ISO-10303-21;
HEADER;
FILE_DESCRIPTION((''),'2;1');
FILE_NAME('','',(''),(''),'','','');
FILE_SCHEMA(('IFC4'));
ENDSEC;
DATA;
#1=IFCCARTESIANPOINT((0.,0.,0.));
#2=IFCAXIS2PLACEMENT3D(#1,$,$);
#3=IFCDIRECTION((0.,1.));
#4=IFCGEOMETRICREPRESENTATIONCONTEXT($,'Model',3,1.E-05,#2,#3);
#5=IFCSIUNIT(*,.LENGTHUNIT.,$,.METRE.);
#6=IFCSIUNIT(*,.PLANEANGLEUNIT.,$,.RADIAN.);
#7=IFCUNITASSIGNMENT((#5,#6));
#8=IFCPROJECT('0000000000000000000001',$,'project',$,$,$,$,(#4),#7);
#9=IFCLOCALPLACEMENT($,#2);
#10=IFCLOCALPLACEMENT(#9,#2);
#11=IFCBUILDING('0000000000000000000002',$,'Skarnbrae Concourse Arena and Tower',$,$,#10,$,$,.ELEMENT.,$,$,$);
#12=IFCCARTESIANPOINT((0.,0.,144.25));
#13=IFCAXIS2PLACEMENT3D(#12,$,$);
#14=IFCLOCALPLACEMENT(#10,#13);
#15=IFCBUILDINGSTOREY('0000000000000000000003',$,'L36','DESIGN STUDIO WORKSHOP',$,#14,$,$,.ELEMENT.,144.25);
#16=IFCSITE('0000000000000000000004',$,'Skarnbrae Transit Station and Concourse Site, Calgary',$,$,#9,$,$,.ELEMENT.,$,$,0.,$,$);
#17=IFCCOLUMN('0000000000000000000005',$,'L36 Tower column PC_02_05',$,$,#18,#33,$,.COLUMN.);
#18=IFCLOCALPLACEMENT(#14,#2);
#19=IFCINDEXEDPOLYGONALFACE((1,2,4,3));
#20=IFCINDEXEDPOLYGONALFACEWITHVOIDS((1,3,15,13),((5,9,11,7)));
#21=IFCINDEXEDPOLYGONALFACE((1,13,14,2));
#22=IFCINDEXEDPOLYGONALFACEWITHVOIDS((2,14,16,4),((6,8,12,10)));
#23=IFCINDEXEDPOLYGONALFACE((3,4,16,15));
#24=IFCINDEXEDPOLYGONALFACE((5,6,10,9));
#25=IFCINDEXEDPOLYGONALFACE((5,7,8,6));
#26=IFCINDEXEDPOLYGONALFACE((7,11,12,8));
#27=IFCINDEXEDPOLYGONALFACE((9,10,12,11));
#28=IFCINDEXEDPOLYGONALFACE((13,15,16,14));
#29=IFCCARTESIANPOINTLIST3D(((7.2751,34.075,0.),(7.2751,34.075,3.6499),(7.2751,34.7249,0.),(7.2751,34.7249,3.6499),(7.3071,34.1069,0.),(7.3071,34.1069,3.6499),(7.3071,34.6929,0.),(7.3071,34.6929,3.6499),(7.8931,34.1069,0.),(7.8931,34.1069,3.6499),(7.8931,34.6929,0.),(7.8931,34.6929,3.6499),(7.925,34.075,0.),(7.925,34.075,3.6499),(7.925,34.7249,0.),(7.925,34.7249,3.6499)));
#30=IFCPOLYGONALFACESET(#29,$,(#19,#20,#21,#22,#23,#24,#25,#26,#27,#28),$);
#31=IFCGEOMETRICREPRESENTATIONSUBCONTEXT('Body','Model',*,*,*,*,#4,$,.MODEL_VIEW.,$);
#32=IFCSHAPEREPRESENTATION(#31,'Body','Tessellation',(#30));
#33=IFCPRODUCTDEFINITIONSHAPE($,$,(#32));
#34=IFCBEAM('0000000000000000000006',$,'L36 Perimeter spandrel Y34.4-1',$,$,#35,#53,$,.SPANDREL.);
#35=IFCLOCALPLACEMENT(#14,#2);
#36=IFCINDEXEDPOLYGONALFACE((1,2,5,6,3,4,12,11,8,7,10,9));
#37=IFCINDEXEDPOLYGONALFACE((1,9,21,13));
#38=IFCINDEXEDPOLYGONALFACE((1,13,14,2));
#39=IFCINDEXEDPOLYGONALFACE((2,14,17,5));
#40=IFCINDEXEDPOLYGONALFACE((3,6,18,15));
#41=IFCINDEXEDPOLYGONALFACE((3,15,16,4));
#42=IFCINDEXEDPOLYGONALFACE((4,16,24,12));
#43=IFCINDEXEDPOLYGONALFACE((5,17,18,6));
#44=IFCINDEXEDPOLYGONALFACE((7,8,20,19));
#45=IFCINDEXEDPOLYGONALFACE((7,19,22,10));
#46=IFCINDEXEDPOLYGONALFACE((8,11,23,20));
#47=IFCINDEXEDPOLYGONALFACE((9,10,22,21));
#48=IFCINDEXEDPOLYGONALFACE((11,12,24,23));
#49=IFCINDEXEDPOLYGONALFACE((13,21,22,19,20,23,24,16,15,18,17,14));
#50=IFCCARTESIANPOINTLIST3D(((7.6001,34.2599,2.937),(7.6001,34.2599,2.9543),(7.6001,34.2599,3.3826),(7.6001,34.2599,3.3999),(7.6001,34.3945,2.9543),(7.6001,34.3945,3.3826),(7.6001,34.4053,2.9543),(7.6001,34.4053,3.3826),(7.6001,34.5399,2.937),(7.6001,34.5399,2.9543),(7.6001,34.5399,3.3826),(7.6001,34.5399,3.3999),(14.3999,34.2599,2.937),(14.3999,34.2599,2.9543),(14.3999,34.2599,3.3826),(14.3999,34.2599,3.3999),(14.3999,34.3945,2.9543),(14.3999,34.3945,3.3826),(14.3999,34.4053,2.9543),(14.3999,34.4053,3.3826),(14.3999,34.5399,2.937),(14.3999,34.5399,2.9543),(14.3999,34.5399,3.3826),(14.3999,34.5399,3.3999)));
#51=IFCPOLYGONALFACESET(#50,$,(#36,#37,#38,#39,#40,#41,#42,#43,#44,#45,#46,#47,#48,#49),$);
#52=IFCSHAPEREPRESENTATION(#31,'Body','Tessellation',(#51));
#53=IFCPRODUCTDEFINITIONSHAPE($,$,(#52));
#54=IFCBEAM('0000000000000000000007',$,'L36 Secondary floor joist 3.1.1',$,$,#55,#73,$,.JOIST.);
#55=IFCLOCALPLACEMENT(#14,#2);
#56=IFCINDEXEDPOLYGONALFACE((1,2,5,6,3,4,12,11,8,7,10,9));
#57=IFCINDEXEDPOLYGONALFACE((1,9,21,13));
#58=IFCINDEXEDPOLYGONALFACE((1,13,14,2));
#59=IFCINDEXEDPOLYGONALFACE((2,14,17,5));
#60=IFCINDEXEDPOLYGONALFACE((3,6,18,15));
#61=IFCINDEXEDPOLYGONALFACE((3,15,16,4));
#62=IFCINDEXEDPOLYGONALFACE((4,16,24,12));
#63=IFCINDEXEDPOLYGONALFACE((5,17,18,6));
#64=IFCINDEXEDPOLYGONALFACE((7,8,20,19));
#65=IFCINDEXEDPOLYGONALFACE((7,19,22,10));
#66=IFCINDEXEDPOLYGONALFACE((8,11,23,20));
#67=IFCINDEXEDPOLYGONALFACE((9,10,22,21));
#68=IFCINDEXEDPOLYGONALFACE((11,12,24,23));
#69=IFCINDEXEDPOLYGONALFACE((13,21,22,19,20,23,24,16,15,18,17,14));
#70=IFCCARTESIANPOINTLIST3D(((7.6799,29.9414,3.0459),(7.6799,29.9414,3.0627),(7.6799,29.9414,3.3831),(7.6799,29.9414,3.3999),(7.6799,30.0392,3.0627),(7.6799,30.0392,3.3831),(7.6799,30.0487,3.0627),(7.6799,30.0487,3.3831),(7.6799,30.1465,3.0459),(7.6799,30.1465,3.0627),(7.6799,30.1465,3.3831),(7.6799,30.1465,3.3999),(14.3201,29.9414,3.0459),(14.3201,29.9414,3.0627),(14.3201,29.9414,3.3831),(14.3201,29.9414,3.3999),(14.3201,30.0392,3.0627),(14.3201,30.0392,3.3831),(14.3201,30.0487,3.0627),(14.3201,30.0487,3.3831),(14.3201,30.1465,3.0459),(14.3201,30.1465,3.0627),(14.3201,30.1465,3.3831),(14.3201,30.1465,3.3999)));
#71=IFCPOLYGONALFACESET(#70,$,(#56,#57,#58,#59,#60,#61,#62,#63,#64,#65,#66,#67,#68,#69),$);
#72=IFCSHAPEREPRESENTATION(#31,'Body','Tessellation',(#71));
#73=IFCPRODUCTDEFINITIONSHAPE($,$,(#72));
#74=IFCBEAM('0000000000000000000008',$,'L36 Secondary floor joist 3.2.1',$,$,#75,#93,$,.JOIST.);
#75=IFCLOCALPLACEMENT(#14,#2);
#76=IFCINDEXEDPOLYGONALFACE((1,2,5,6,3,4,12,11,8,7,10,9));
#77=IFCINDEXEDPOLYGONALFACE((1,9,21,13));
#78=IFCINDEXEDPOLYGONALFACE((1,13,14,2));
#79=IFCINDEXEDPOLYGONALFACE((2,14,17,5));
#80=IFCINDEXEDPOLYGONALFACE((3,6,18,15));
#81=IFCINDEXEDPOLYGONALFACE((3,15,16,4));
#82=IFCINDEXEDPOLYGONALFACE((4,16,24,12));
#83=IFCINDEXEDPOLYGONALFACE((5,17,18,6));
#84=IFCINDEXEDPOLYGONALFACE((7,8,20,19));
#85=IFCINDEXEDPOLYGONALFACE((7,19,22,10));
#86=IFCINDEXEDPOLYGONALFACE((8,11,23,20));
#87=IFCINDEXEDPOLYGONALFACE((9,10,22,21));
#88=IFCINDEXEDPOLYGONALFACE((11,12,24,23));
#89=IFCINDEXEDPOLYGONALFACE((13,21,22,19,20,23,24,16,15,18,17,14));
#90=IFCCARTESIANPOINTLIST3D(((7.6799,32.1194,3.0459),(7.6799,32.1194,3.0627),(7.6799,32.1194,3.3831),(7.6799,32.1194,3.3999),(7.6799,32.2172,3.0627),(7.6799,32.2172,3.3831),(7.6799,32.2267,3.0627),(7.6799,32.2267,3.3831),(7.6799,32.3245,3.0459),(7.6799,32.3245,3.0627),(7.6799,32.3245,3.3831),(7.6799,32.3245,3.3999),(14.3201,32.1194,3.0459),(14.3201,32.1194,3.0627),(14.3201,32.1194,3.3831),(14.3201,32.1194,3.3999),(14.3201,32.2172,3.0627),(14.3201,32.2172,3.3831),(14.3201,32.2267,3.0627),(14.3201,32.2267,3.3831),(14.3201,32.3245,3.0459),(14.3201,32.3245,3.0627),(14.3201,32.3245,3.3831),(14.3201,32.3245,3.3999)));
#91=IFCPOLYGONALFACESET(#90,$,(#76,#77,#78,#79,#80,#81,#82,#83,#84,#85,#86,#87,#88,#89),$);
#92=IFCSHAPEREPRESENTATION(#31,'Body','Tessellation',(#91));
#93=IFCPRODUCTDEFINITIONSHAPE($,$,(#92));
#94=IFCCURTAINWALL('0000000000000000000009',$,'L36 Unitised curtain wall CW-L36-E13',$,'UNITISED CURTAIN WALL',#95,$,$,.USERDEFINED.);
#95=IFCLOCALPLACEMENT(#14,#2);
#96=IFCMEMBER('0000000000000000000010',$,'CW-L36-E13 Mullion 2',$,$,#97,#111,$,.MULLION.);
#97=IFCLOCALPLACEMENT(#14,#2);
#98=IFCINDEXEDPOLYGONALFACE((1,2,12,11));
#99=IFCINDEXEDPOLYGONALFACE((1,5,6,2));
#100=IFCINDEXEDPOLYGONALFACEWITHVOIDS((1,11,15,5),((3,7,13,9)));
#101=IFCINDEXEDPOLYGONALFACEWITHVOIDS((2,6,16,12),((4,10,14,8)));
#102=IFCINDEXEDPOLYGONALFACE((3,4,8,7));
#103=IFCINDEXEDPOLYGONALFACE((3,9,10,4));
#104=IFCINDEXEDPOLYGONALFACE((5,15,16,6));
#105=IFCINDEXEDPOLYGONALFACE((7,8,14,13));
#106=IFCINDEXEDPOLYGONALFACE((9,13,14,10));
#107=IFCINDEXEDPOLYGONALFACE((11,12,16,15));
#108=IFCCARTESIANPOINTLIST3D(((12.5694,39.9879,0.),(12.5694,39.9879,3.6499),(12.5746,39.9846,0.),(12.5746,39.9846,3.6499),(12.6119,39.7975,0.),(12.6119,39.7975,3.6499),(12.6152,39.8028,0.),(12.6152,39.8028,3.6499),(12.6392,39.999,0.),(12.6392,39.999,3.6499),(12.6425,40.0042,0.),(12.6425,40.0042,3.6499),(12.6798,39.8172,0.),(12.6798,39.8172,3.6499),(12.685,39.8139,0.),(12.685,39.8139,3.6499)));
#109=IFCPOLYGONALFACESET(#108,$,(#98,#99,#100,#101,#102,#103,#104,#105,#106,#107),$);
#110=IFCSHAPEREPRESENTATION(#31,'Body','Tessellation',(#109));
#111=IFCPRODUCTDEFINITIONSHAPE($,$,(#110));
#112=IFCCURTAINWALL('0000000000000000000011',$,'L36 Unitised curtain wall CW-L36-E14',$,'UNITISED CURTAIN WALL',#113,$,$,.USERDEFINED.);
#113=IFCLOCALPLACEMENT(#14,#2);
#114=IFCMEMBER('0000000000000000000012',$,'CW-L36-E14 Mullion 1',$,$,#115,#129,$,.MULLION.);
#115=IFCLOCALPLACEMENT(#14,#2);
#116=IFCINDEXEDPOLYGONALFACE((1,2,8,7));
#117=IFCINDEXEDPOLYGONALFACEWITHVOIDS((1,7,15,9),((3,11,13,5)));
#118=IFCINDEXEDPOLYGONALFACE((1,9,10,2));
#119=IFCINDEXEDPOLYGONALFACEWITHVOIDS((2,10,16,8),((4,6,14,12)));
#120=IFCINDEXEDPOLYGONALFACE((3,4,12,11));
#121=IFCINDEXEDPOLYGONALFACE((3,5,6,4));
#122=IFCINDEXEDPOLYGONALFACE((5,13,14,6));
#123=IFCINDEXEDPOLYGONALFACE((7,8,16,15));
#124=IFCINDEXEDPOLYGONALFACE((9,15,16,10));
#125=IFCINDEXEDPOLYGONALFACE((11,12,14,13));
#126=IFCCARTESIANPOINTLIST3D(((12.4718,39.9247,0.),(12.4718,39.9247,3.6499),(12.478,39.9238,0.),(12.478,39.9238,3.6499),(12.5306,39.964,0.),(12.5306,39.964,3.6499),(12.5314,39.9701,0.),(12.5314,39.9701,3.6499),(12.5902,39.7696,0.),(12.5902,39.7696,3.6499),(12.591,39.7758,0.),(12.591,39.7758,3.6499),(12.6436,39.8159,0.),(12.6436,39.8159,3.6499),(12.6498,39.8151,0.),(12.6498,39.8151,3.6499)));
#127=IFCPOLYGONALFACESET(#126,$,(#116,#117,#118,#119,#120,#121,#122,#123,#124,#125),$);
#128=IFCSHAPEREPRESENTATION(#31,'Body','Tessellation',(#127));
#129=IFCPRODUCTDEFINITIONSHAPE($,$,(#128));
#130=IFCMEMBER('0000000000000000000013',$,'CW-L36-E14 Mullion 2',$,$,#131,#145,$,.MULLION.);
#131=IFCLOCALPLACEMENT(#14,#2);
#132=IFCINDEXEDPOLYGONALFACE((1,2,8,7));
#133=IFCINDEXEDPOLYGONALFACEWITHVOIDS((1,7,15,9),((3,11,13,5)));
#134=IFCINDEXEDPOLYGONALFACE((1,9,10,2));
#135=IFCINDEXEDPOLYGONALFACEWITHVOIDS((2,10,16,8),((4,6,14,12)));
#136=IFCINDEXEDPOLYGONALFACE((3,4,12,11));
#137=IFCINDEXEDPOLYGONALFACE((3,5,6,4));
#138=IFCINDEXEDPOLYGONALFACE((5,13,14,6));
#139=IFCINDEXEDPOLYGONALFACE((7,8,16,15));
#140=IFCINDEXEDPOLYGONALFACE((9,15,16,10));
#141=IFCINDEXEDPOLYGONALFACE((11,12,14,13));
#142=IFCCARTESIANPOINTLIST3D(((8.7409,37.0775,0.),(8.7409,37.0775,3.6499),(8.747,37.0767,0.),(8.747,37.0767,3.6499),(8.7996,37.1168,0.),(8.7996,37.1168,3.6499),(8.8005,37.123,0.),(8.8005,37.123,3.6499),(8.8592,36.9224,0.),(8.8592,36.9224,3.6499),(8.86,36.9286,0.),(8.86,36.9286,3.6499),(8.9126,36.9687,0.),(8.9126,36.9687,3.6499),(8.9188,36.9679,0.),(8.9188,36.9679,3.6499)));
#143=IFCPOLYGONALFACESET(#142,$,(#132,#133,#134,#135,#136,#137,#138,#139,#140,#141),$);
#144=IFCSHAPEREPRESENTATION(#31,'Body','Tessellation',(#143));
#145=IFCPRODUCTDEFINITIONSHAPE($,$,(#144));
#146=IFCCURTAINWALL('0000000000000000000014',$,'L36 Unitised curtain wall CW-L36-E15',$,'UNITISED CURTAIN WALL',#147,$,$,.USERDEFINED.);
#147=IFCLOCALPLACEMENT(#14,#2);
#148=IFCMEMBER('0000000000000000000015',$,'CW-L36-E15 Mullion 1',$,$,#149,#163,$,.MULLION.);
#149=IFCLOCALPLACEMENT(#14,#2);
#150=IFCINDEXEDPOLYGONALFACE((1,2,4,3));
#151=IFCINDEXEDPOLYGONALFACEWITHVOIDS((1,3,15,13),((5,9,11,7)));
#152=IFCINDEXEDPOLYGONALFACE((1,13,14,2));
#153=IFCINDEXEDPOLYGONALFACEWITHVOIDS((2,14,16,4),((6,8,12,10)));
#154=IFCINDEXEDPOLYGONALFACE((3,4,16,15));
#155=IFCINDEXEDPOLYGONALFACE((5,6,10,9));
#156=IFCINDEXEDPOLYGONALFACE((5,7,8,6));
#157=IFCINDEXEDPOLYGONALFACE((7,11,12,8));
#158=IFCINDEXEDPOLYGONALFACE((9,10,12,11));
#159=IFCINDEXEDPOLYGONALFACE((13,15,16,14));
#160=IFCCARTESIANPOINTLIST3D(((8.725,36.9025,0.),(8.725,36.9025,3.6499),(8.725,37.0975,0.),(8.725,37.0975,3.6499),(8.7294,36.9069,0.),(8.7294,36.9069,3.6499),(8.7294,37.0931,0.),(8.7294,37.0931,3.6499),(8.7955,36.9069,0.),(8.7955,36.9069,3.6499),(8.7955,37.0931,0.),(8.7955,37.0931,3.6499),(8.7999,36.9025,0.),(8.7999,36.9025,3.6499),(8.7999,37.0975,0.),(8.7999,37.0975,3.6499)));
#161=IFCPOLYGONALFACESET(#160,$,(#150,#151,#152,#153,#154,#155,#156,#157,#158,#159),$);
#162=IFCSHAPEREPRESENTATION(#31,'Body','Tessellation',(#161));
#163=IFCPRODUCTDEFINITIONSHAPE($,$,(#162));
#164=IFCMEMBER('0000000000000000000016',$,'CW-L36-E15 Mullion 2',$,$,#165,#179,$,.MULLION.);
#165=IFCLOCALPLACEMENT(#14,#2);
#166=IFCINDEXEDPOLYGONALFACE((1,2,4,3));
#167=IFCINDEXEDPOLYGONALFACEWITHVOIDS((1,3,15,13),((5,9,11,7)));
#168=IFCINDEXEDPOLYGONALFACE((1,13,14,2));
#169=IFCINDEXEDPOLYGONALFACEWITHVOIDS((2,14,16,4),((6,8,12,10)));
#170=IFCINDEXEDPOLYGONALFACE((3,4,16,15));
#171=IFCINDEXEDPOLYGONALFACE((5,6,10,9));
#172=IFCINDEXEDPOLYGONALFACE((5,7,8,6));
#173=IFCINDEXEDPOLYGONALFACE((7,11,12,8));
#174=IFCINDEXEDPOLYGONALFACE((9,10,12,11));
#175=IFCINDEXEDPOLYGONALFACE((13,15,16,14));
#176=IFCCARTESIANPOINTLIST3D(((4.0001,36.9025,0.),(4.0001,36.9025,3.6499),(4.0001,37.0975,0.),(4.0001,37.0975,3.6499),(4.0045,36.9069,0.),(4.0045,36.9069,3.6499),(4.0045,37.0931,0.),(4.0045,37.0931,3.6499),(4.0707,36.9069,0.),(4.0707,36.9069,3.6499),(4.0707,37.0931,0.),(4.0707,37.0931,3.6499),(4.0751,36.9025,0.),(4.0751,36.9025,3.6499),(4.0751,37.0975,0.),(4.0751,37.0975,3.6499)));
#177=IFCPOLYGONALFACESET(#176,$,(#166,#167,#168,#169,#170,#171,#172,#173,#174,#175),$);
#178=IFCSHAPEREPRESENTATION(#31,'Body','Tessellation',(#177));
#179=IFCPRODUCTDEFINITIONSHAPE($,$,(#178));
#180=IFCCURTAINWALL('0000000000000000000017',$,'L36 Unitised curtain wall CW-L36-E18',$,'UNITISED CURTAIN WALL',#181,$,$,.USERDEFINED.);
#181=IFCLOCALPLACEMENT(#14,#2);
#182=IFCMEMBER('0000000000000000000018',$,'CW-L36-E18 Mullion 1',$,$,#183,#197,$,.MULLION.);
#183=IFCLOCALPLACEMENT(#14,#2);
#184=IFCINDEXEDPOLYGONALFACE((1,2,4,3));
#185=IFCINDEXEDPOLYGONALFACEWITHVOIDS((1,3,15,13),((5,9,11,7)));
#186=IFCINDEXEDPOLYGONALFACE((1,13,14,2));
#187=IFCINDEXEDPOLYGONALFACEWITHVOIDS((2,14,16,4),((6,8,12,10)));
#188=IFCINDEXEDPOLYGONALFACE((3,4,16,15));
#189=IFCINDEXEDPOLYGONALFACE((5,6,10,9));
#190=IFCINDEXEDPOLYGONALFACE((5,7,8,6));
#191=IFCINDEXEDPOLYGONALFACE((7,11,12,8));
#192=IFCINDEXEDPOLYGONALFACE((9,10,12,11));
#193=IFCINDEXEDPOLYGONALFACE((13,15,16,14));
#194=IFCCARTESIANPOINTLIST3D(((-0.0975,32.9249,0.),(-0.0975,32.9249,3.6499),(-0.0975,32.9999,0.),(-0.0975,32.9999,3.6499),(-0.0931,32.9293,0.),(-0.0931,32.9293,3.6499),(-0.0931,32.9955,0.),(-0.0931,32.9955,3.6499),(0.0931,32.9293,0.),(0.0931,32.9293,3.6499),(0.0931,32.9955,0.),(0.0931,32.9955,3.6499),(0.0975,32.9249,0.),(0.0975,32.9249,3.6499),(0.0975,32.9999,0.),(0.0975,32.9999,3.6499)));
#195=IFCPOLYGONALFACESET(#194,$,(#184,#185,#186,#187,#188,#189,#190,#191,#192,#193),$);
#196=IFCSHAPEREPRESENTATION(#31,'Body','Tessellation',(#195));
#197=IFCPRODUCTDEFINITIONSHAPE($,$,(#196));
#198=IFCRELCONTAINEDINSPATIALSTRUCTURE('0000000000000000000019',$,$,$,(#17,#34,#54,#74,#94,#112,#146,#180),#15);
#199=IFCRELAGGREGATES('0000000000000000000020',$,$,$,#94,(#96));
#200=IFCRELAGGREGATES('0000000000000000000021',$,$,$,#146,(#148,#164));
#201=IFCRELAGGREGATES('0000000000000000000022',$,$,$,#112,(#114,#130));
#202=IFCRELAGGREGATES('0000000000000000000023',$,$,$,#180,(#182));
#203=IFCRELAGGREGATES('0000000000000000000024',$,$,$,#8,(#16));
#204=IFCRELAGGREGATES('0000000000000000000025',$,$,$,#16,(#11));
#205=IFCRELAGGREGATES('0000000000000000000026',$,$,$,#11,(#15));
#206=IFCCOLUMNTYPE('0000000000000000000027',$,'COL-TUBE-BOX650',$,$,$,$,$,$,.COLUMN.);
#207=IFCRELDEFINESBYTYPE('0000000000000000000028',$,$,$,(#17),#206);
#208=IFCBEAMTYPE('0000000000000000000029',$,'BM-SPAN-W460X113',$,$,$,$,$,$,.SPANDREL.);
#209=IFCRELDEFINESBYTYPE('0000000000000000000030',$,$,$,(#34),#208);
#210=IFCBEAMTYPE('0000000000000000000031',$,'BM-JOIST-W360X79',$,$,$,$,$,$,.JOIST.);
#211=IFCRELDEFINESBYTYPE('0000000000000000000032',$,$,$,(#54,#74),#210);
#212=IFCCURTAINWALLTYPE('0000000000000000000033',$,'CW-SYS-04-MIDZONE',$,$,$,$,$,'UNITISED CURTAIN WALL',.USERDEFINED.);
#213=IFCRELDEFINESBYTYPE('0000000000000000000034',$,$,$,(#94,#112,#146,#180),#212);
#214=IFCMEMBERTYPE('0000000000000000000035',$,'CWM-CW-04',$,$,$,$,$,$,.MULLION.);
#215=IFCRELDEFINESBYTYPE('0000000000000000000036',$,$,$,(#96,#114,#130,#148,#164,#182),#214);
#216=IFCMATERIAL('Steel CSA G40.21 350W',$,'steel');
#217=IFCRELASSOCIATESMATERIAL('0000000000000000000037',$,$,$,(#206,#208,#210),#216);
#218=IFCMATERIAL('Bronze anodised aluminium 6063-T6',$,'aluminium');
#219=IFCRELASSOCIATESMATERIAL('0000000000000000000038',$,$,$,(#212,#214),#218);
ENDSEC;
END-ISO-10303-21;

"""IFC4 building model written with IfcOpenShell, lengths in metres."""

from ifc_helpers import new_model, si_unit, direction, frame, origin, origin_2d, place, context, subcontext, project, spatial, hollow_rectangle, i_section, extrude, source, transform, mapped, material, material_profile, profile_set, type_object, element, aggregate, save


model = new_model("IFC4")

# Units and contexts
model_context = context("Model", 3, precision=1e-05, world=origin(), true_north=direction((0.0, 1.0)))
body_context = subcontext(model_context, "Body", "Model", "MODEL_VIEW")
ifc_project = project(units=[si_unit("LENGTHUNIT", "METRE"), si_unit("PLANEANGLEUNIT", "RADIAN")], contexts=[model_context])

# Site, building, storey
site_placement = place(None, origin())
site = spatial("IfcSite", under=ifc_project, at=site_placement, Name="Skarnbrae Transit Station and Concourse Site, Calgary", CompositionType="ELEMENT", RefElevation=0.0)
building_placement = place(site_placement, origin())
building = spatial("IfcBuilding", under=site, at=building_placement, Name="Skarnbrae Concourse Arena and Tower", CompositionType="ELEMENT")
storey_placement = place(building_placement, frame((0.0, 0.0, 144.25)))
storey = spatial("IfcBuildingStorey", under=building, at=storey_placement, Name="L36", Description="DESIGN STUDIO WORKSHOP", CompositionType="ELEMENT", Elevation=144.25)

# Column
ifc_material_1 = material(Name="Steel CSA G40.21 350W", Category="steel")
ifc_material_profile_1 = material_profile(ifc_material_1, hollow_rectangle(XDim=0.6499, YDim=0.6499, WallThickness=0.032, at=origin_2d()), Name="BOX650X650X32")
ifc_profile_set_1 = profile_set([ifc_material_profile_1], Name="Steel CSA G40.21 350W")
column_type = type_object("IfcColumnType", Name="COL-TUBE-BOX650", PredefinedType="COLUMN", material=ifc_profile_set_1)
shared_shape_1 = source(origin(), body_context, "Body", "SweptSolid", [
    extrude(hollow_rectangle(XDim=0.6499, YDim=0.6499, WallThickness=0.032, at=origin_2d()), origin(), (0.0, 0.0, 1.0), 3.6499),
])
column_placement = place(storey_placement, frame((7.6001, 34.3999, 0.0), z_axis=(0.0, 0.0, 1.0), x_axis=(1.0, 0.0, 0.0)))
element("IfcColumn", 1, at=column_placement, inside=storey, type_object=column_type, Name="L36 Tower column PC_02_05", PredefinedType="COLUMN", context=body_context, shape_type="MappedRepresentation", body=[
    mapped(shared_shape_1, transform((0.0, 0.0, 0.0))),
])

# Beams
ifc_material_profile_2 = material_profile(ifc_material_1, i_section(OverallWidth=0.28, OverallDepth=0.4629, WebThickness=0.0107, FlangeThickness=0.0173, at=origin_2d()), Name="W460X113")
ifc_profile_set_2 = profile_set([ifc_material_profile_2], Name="Steel CSA G40.21 350W")
beam_type_1 = type_object("IfcBeamType", Name="BM-SPAN-W460X113", PredefinedType="SPANDREL", material=ifc_profile_set_2)
shared_shape_2 = source(origin(), body_context, "Body", "SweptSolid", [
    extrude(i_section(OverallWidth=0.28, OverallDepth=0.4629, WebThickness=0.0107, FlangeThickness=0.0173, at=origin_2d()), origin(), (0.0, 0.0, 1.0), 6.7998),
])
beam_placement = place(storey_placement, frame((7.6001, 34.3999, 3.1685), z_axis=(1.0, 0.0, 0.0), x_axis=(0.0, 1.0, 0.0)))
element("IfcBeam", 2, at=beam_placement, inside=storey, type_object=beam_type_1, Name="L36 Perimeter spandrel Y34.4-1", PredefinedType="SPANDREL", context=body_context, shape_type="MappedRepresentation", body=[
    mapped(shared_shape_2, transform((0.0, 0.0, 0.0))),
])
ifc_material_profile_3 = material_profile(ifc_material_1, i_section(OverallWidth=0.2051, OverallDepth=0.354, WebThickness=0.0095, FlangeThickness=0.0168, at=origin_2d()), Name="W360X79")
ifc_profile_set_3 = profile_set([ifc_material_profile_3], Name="Steel CSA G40.21 350W")
beam_type_2 = type_object("IfcBeamType", Name="BM-JOIST-W360X79", PredefinedType="JOIST", material=ifc_profile_set_3)
shared_shape_3 = source(origin(), body_context, "Body", "SweptSolid", [
    extrude(i_section(OverallWidth=0.2051, OverallDepth=0.354, WebThickness=0.0095, FlangeThickness=0.0168, at=origin_2d()), origin(), (0.0, 0.0, 1.0), 6.6401),
])
for number, where, z_axis, x_axis, name in (
    (3, (7.6799, 30.0439, 3.2229), (1.0, 0.0, 0.0), (0.0, 1.0, 0.0), "L36 Secondary floor joist 3.1.1"),
    (4, (7.6799, 32.2219, 3.2229), (1.0, 0.0, 0.0), (0.0, 1.0, 0.0), "L36 Secondary floor joist 3.2.1"),
):
    element("IfcBeam", number, at=place(storey_placement, frame(where, z_axis=z_axis, x_axis=x_axis)), inside=storey, type_object=beam_type_2, Name=name, PredefinedType="JOIST", context=body_context, shape_type="MappedRepresentation", body=[
        mapped(shared_shape_3, transform((0.0, 0.0, 0.0))),
    ])

# Curtain wall, member
ifc_material_2 = material(Name="Bronze anodised aluminium 6063-T6", Category="aluminium")
curtain_wall_type = type_object("IfcCurtainWallType", Name="CW-SYS-04-MIDZONE", ElementType="UNITISED CURTAIN WALL", PredefinedType="USERDEFINED", material=ifc_material_2)
curtain_wall_1_placement = place(storey_placement, origin())
curtain_wall_1 = element("IfcCurtainWall", 5, at=curtain_wall_1_placement, inside=storey, type_object=curtain_wall_type, Name="L36 Unitised curtain wall CW-L36-E13", ObjectType="UNITISED CURTAIN WALL", PredefinedType="USERDEFINED")
ifc_material_profile_4 = material_profile(ifc_material_2, hollow_rectangle(XDim=0.075, YDim=0.1951, WallThickness=0.0044, at=origin_2d()), Name="ALU-MULL-75X195")
ifc_profile_set_4 = profile_set([ifc_material_profile_4], Name="Bronze anodised aluminium 6063-T6")
member_type_1 = type_object("IfcMemberType", Name="CWM-CW-04", PredefinedType="MULLION", material=ifc_profile_set_4)
shared_shape_4 = source(origin(), body_context, "Body", "SweptSolid", [
    extrude(hollow_rectangle(XDim=0.075, YDim=0.1951, WallThickness=0.0044, at=origin_2d()), origin(), (0.0, 0.0, 1.0), 3.6499),
])
member_1_placement = place(storey_placement, frame((12.6272, 39.9009, 0.0), z_axis=(0.0, 0.0, 1.0), x_axis=(-0.975936, -0.218056, 0.0)))
member_1 = element("IfcMember", 6, at=member_1_placement, type_object=member_type_1, Name="CW-L36-E13 Mullion 2", PredefinedType="MULLION", context=body_context, shape_type="MappedRepresentation", body=[
    mapped(shared_shape_4, transform((0.0, 0.0, 0.0))),
])
aggregate(curtain_wall_1, [member_1])

# Curtain walls, members
curtain_wall_2_placement = place(storey_placement, origin())
curtain_wall_2 = element("IfcCurtainWall", 7, at=curtain_wall_2_placement, inside=storey, type_object=curtain_wall_type, Name="L36 Unitised curtain wall CW-L36-E14", ObjectType="UNITISED CURTAIN WALL", PredefinedType="USERDEFINED")
member_2_placement = place(storey_placement, frame((12.5608, 39.8699, 0.0), z_axis=(0.0, 0.0, 1.0), x_axis=(-0.794956, -0.606667, 0.0)))
member_2 = element("IfcMember", 8, at=member_2_placement, type_object=member_type_1, Name="CW-L36-E14 Mullion 1", PredefinedType="MULLION", context=body_context, shape_type="MappedRepresentation", body=[
    mapped(shared_shape_4, transform((0.0, 0.0, 0.0))),
])
member_3_placement = place(storey_placement, frame((8.8298, 37.0227, 0.0), z_axis=(0.0, 0.0, 1.0), x_axis=(-0.794956, -0.606667, 0.0)))
member_3 = element("IfcMember", 9, at=member_3_placement, type_object=member_type_1, Name="CW-L36-E14 Mullion 2", PredefinedType="MULLION", context=body_context, shape_type="MappedRepresentation", body=[
    mapped(shared_shape_4, transform((0.0, 0.0, 0.0))),
])
curtain_wall_3_placement = place(storey_placement, origin())
curtain_wall_3 = element("IfcCurtainWall", 10, at=curtain_wall_3_placement, inside=storey, type_object=curtain_wall_type, Name="L36 Unitised curtain wall CW-L36-E15", ObjectType="UNITISED CURTAIN WALL", PredefinedType="USERDEFINED")
member_4_placement = place(storey_placement, frame((8.7625, 37.0, 0.0), z_axis=(0.0, 0.0, 1.0), x_axis=(-1.0, 0.0, 0.0)))
member_4 = element("IfcMember", 11, at=member_4_placement, type_object=member_type_1, Name="CW-L36-E15 Mullion 1", PredefinedType="MULLION", context=body_context, shape_type="MappedRepresentation", body=[
    mapped(shared_shape_4, transform((0.0, 0.0, 0.0))),
])
member_5_placement = place(storey_placement, frame((4.0376, 37.0, 0.0), z_axis=(0.0, 0.0, 1.0), x_axis=(-1.0, 0.0, 0.0)))
member_5 = element("IfcMember", 12, at=member_5_placement, type_object=member_type_1, Name="CW-L36-E15 Mullion 2", PredefinedType="MULLION", context=body_context, shape_type="MappedRepresentation", body=[
    mapped(shared_shape_4, transform((0.0, 0.0, 0.0))),
])

# Curtain wall, member
curtain_wall_4_placement = place(storey_placement, origin())
curtain_wall_4 = element("IfcCurtainWall", 13, at=curtain_wall_4_placement, inside=storey, type_object=curtain_wall_type, Name="L36 Unitised curtain wall CW-L36-E18", ObjectType="UNITISED CURTAIN WALL", PredefinedType="USERDEFINED")
member_6_placement = place(storey_placement, frame((0.0, 32.9624, 0.0), z_axis=(0.0, 0.0, 1.0), x_axis=(0.0, -1.0, 0.0)))
member_6 = element("IfcMember", 14, at=member_6_placement, type_object=member_type_1, Name="CW-L36-E18 Mullion 1", PredefinedType="MULLION", context=body_context, shape_type="MappedRepresentation", body=[
    mapped(shared_shape_4, transform((0.0, 0.0, 0.0))),
])

aggregate(curtain_wall_3, [member_4, member_5])
aggregate(curtain_wall_2, [member_2, member_3])
aggregate(curtain_wall_4, [member_6])

save(model, "model.ifc")
